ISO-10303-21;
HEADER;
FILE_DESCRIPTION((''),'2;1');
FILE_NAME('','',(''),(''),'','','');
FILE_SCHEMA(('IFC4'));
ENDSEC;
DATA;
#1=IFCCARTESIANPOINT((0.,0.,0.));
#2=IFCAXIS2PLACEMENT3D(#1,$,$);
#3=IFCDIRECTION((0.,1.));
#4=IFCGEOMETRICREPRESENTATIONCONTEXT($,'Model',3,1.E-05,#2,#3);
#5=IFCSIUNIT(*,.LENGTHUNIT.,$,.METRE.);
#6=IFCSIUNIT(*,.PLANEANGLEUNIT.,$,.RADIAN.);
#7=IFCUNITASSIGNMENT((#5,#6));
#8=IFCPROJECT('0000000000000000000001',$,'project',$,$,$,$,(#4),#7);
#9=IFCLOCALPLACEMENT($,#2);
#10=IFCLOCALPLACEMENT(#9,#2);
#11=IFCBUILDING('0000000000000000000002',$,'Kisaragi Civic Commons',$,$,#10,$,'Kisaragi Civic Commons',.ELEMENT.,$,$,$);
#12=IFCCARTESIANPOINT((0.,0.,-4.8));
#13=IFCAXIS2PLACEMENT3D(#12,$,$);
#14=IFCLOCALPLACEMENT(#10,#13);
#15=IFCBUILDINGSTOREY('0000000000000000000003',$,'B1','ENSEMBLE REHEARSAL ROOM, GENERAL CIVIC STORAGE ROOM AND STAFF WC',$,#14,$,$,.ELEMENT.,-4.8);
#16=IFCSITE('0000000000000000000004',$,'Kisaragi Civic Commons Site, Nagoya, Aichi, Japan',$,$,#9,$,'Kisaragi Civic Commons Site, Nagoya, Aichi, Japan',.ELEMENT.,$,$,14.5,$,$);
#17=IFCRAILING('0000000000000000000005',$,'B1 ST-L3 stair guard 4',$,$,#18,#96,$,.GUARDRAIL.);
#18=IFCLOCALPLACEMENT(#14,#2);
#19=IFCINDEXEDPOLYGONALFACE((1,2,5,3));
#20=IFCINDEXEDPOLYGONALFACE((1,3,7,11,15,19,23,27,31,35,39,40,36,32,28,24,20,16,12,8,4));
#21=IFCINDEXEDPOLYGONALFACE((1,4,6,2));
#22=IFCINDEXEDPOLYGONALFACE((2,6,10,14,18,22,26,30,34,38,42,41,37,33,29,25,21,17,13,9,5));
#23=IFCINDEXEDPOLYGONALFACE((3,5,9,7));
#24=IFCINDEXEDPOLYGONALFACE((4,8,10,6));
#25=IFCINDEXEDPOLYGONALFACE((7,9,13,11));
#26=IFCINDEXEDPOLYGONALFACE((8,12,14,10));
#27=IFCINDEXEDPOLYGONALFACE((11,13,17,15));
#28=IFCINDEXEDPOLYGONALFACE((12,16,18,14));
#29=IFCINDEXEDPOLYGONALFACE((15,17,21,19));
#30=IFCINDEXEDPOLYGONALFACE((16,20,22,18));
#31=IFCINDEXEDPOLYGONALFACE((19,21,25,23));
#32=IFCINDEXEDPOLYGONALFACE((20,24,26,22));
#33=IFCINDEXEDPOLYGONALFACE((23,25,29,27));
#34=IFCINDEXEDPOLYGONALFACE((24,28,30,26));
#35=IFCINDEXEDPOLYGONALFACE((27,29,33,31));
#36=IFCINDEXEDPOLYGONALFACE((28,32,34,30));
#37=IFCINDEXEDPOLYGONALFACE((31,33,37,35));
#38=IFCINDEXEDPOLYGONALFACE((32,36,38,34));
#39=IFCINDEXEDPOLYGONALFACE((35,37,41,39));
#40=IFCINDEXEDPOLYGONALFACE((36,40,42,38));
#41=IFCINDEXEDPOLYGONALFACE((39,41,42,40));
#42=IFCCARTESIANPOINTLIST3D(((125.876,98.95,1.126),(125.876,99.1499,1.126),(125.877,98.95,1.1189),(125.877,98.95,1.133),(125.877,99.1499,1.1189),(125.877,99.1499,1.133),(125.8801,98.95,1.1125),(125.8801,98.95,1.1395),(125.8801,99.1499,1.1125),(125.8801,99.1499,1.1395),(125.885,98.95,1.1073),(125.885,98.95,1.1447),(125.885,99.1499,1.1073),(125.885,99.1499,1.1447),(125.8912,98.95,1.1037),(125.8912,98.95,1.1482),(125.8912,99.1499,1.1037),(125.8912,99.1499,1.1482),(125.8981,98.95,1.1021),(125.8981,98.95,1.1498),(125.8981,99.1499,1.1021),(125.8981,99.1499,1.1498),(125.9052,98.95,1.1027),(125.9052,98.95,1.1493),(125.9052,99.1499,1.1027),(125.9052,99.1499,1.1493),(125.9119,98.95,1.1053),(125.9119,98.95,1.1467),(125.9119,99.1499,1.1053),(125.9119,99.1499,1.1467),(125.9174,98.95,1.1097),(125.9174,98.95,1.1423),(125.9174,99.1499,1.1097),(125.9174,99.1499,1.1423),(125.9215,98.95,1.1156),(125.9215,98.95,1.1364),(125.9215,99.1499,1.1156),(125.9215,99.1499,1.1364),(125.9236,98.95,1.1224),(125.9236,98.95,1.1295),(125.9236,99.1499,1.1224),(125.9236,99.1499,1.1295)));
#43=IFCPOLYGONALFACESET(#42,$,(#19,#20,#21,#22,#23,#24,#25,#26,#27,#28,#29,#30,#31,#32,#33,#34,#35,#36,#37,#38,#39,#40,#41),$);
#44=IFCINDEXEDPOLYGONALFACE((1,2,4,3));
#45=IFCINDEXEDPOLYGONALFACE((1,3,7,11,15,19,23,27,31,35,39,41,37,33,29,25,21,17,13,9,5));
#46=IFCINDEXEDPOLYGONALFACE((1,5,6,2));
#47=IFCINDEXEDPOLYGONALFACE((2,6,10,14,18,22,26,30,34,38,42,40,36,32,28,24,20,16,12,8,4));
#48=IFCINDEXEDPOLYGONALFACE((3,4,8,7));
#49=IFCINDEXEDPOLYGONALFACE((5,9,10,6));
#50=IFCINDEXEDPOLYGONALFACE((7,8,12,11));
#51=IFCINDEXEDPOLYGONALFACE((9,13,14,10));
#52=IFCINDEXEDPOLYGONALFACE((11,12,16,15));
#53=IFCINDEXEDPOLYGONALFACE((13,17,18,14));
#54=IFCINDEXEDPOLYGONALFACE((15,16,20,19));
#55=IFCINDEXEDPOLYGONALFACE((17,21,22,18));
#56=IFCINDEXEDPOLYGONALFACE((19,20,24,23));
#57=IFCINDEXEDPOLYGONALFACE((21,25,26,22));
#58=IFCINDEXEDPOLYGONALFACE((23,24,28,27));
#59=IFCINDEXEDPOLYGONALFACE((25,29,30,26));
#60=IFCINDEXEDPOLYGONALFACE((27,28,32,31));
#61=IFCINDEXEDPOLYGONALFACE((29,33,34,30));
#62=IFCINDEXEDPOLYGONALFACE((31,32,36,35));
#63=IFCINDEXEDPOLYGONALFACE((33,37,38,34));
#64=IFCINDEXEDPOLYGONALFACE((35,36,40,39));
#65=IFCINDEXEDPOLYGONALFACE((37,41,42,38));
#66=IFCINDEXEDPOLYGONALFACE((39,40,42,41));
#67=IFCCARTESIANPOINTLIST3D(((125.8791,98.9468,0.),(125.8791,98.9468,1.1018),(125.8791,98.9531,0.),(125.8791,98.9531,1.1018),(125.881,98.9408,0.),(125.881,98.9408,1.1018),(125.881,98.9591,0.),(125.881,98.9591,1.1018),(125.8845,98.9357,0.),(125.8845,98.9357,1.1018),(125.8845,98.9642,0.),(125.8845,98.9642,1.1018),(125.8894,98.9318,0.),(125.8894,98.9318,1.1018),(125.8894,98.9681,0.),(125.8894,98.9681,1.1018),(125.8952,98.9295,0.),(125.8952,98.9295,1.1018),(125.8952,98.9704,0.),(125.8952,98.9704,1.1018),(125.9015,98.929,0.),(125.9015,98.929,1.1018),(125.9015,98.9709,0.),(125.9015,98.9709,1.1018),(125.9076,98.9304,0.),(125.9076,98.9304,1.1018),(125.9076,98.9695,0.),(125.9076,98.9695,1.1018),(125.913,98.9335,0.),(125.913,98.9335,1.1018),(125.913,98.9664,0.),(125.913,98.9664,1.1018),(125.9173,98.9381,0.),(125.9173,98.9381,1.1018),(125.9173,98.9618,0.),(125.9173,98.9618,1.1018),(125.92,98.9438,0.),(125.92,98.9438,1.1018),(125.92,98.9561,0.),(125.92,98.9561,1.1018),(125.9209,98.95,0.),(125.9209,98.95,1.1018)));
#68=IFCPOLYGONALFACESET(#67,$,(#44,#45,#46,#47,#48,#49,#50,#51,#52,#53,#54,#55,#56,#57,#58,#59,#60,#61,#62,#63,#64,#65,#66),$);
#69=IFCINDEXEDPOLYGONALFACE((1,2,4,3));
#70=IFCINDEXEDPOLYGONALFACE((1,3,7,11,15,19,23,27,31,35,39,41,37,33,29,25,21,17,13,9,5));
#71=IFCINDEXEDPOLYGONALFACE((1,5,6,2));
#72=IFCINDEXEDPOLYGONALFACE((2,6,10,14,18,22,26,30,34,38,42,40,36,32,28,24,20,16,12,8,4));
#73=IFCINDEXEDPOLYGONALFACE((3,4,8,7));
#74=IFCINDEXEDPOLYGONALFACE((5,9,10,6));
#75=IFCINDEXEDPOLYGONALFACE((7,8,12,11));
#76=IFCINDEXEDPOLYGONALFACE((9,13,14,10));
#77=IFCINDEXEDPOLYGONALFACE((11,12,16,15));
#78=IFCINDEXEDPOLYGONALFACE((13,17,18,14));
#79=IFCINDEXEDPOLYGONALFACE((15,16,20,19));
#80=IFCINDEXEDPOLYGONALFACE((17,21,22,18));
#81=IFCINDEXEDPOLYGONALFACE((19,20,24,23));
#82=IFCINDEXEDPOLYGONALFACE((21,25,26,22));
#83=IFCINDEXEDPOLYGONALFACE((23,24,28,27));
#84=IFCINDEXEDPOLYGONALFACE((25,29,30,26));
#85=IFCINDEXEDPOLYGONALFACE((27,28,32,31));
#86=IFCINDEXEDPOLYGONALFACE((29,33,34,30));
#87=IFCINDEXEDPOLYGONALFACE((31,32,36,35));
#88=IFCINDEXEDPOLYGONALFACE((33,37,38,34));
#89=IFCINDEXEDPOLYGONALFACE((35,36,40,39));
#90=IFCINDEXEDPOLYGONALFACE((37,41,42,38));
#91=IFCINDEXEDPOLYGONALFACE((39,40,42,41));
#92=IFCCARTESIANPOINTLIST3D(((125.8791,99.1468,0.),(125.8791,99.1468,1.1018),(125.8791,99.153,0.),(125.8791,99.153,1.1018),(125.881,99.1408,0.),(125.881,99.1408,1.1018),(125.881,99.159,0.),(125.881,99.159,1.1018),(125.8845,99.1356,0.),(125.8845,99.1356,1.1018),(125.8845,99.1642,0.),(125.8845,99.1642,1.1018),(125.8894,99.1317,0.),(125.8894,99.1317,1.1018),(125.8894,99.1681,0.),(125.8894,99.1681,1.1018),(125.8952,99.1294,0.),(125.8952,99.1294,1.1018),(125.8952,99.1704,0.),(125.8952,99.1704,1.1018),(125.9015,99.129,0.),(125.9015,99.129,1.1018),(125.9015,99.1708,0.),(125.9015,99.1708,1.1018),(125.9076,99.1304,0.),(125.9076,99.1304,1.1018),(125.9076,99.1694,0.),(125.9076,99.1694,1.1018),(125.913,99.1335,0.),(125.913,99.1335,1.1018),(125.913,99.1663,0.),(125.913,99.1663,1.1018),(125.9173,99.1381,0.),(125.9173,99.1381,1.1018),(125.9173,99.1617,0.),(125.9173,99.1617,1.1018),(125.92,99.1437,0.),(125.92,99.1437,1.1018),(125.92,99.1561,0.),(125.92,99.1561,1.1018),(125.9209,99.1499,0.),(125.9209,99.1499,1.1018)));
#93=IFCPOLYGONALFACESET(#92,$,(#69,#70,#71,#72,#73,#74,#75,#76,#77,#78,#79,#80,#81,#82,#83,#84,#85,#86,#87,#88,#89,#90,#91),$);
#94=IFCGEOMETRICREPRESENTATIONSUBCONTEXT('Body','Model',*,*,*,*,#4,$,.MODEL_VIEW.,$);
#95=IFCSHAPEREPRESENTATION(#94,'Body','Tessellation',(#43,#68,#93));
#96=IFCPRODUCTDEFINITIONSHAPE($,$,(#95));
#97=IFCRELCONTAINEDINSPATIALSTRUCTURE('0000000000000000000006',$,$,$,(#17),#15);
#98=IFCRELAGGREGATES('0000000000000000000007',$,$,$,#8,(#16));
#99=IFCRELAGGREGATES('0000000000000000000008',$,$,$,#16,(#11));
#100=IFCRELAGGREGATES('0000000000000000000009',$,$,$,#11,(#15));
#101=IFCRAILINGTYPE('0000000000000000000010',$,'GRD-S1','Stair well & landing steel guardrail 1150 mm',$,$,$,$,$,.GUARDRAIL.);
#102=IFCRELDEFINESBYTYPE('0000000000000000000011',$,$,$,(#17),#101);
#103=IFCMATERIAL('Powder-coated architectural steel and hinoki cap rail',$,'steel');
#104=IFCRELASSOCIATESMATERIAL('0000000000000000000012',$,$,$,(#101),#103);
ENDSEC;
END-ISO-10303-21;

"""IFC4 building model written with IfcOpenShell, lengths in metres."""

from ifc_helpers import new_model, si_unit, direction, frame, origin, origin_2d, place, context, subcontext, project, spatial, circle, extrude, material, type_object, element, save


model = new_model("IFC4")

# Units and contexts
model_context = context("Model", 3, precision=1e-05, world=origin(), true_north=direction((0.0, 1.0)))
body_context = subcontext(model_context, "Body", "Model", "MODEL_VIEW")
ifc_project = project(units=[si_unit("LENGTHUNIT", "METRE"), si_unit("PLANEANGLEUNIT", "RADIAN")], contexts=[model_context])

# Site, building, storey
site_placement = place(None, origin())
site = spatial("IfcSite", under=ifc_project, at=site_placement, Name="Kisaragi Civic Commons Site, Nagoya, Aichi, Japan", LongName="Kisaragi Civic Commons Site, Nagoya, Aichi, Japan", CompositionType="ELEMENT", RefElevation=14.5)
building_placement = place(site_placement, origin())
building = spatial("IfcBuilding", under=site, at=building_placement, Name="Kisaragi Civic Commons", LongName="Kisaragi Civic Commons", CompositionType="ELEMENT")
storey_placement = place(building_placement, frame((0.0, 0.0, -4.8)))
storey = spatial("IfcBuildingStorey", under=building, at=storey_placement, Name="B1", Description="ENSEMBLE REHEARSAL ROOM, GENERAL CIVIC STORAGE ROOM AND STAFF WC", CompositionType="ELEMENT", Elevation=-4.8)

# Railing
ifc_material_1 = material(Name="Powder-coated architectural steel and hinoki cap rail", Category="steel")
railing_type_1 = type_object("IfcRailingType", Name="GRD-S1", Description="Stair well & landing steel guardrail 1150 mm", PredefinedType="GUARDRAIL", material=ifc_material_1)
railing_1_placement = place(storey_placement, frame((125.8999, 98.95, 0.0)))
element("IfcRailing", 1, at=railing_1_placement, inside=storey, type_object=railing_type_1, Name="B1 ST-L3 stair guard 4", PredefinedType="GUARDRAIL", context=body_context, shape_type="SweptSolid", body=[
    extrude(circle(Radius=0.0239, at=origin_2d()), frame((0.0, 0.0, 1.126), z_axis=(0.0, 1.0, 0.0), x_axis=(-1.0, 0.0, 0.0)), (0.0, 0.0, 1.0), 0.2),
    extrude(circle(Radius=0.021, at=origin_2d()), origin(), (0.0, 0.0, 1.0), 1.1018),
    extrude(circle(Radius=0.021, at=origin_2d()), frame((0.0, 0.2, 0.0)), (0.0, 0.0, 1.0), 1.1018),
])

save(model, "model.ifc")
